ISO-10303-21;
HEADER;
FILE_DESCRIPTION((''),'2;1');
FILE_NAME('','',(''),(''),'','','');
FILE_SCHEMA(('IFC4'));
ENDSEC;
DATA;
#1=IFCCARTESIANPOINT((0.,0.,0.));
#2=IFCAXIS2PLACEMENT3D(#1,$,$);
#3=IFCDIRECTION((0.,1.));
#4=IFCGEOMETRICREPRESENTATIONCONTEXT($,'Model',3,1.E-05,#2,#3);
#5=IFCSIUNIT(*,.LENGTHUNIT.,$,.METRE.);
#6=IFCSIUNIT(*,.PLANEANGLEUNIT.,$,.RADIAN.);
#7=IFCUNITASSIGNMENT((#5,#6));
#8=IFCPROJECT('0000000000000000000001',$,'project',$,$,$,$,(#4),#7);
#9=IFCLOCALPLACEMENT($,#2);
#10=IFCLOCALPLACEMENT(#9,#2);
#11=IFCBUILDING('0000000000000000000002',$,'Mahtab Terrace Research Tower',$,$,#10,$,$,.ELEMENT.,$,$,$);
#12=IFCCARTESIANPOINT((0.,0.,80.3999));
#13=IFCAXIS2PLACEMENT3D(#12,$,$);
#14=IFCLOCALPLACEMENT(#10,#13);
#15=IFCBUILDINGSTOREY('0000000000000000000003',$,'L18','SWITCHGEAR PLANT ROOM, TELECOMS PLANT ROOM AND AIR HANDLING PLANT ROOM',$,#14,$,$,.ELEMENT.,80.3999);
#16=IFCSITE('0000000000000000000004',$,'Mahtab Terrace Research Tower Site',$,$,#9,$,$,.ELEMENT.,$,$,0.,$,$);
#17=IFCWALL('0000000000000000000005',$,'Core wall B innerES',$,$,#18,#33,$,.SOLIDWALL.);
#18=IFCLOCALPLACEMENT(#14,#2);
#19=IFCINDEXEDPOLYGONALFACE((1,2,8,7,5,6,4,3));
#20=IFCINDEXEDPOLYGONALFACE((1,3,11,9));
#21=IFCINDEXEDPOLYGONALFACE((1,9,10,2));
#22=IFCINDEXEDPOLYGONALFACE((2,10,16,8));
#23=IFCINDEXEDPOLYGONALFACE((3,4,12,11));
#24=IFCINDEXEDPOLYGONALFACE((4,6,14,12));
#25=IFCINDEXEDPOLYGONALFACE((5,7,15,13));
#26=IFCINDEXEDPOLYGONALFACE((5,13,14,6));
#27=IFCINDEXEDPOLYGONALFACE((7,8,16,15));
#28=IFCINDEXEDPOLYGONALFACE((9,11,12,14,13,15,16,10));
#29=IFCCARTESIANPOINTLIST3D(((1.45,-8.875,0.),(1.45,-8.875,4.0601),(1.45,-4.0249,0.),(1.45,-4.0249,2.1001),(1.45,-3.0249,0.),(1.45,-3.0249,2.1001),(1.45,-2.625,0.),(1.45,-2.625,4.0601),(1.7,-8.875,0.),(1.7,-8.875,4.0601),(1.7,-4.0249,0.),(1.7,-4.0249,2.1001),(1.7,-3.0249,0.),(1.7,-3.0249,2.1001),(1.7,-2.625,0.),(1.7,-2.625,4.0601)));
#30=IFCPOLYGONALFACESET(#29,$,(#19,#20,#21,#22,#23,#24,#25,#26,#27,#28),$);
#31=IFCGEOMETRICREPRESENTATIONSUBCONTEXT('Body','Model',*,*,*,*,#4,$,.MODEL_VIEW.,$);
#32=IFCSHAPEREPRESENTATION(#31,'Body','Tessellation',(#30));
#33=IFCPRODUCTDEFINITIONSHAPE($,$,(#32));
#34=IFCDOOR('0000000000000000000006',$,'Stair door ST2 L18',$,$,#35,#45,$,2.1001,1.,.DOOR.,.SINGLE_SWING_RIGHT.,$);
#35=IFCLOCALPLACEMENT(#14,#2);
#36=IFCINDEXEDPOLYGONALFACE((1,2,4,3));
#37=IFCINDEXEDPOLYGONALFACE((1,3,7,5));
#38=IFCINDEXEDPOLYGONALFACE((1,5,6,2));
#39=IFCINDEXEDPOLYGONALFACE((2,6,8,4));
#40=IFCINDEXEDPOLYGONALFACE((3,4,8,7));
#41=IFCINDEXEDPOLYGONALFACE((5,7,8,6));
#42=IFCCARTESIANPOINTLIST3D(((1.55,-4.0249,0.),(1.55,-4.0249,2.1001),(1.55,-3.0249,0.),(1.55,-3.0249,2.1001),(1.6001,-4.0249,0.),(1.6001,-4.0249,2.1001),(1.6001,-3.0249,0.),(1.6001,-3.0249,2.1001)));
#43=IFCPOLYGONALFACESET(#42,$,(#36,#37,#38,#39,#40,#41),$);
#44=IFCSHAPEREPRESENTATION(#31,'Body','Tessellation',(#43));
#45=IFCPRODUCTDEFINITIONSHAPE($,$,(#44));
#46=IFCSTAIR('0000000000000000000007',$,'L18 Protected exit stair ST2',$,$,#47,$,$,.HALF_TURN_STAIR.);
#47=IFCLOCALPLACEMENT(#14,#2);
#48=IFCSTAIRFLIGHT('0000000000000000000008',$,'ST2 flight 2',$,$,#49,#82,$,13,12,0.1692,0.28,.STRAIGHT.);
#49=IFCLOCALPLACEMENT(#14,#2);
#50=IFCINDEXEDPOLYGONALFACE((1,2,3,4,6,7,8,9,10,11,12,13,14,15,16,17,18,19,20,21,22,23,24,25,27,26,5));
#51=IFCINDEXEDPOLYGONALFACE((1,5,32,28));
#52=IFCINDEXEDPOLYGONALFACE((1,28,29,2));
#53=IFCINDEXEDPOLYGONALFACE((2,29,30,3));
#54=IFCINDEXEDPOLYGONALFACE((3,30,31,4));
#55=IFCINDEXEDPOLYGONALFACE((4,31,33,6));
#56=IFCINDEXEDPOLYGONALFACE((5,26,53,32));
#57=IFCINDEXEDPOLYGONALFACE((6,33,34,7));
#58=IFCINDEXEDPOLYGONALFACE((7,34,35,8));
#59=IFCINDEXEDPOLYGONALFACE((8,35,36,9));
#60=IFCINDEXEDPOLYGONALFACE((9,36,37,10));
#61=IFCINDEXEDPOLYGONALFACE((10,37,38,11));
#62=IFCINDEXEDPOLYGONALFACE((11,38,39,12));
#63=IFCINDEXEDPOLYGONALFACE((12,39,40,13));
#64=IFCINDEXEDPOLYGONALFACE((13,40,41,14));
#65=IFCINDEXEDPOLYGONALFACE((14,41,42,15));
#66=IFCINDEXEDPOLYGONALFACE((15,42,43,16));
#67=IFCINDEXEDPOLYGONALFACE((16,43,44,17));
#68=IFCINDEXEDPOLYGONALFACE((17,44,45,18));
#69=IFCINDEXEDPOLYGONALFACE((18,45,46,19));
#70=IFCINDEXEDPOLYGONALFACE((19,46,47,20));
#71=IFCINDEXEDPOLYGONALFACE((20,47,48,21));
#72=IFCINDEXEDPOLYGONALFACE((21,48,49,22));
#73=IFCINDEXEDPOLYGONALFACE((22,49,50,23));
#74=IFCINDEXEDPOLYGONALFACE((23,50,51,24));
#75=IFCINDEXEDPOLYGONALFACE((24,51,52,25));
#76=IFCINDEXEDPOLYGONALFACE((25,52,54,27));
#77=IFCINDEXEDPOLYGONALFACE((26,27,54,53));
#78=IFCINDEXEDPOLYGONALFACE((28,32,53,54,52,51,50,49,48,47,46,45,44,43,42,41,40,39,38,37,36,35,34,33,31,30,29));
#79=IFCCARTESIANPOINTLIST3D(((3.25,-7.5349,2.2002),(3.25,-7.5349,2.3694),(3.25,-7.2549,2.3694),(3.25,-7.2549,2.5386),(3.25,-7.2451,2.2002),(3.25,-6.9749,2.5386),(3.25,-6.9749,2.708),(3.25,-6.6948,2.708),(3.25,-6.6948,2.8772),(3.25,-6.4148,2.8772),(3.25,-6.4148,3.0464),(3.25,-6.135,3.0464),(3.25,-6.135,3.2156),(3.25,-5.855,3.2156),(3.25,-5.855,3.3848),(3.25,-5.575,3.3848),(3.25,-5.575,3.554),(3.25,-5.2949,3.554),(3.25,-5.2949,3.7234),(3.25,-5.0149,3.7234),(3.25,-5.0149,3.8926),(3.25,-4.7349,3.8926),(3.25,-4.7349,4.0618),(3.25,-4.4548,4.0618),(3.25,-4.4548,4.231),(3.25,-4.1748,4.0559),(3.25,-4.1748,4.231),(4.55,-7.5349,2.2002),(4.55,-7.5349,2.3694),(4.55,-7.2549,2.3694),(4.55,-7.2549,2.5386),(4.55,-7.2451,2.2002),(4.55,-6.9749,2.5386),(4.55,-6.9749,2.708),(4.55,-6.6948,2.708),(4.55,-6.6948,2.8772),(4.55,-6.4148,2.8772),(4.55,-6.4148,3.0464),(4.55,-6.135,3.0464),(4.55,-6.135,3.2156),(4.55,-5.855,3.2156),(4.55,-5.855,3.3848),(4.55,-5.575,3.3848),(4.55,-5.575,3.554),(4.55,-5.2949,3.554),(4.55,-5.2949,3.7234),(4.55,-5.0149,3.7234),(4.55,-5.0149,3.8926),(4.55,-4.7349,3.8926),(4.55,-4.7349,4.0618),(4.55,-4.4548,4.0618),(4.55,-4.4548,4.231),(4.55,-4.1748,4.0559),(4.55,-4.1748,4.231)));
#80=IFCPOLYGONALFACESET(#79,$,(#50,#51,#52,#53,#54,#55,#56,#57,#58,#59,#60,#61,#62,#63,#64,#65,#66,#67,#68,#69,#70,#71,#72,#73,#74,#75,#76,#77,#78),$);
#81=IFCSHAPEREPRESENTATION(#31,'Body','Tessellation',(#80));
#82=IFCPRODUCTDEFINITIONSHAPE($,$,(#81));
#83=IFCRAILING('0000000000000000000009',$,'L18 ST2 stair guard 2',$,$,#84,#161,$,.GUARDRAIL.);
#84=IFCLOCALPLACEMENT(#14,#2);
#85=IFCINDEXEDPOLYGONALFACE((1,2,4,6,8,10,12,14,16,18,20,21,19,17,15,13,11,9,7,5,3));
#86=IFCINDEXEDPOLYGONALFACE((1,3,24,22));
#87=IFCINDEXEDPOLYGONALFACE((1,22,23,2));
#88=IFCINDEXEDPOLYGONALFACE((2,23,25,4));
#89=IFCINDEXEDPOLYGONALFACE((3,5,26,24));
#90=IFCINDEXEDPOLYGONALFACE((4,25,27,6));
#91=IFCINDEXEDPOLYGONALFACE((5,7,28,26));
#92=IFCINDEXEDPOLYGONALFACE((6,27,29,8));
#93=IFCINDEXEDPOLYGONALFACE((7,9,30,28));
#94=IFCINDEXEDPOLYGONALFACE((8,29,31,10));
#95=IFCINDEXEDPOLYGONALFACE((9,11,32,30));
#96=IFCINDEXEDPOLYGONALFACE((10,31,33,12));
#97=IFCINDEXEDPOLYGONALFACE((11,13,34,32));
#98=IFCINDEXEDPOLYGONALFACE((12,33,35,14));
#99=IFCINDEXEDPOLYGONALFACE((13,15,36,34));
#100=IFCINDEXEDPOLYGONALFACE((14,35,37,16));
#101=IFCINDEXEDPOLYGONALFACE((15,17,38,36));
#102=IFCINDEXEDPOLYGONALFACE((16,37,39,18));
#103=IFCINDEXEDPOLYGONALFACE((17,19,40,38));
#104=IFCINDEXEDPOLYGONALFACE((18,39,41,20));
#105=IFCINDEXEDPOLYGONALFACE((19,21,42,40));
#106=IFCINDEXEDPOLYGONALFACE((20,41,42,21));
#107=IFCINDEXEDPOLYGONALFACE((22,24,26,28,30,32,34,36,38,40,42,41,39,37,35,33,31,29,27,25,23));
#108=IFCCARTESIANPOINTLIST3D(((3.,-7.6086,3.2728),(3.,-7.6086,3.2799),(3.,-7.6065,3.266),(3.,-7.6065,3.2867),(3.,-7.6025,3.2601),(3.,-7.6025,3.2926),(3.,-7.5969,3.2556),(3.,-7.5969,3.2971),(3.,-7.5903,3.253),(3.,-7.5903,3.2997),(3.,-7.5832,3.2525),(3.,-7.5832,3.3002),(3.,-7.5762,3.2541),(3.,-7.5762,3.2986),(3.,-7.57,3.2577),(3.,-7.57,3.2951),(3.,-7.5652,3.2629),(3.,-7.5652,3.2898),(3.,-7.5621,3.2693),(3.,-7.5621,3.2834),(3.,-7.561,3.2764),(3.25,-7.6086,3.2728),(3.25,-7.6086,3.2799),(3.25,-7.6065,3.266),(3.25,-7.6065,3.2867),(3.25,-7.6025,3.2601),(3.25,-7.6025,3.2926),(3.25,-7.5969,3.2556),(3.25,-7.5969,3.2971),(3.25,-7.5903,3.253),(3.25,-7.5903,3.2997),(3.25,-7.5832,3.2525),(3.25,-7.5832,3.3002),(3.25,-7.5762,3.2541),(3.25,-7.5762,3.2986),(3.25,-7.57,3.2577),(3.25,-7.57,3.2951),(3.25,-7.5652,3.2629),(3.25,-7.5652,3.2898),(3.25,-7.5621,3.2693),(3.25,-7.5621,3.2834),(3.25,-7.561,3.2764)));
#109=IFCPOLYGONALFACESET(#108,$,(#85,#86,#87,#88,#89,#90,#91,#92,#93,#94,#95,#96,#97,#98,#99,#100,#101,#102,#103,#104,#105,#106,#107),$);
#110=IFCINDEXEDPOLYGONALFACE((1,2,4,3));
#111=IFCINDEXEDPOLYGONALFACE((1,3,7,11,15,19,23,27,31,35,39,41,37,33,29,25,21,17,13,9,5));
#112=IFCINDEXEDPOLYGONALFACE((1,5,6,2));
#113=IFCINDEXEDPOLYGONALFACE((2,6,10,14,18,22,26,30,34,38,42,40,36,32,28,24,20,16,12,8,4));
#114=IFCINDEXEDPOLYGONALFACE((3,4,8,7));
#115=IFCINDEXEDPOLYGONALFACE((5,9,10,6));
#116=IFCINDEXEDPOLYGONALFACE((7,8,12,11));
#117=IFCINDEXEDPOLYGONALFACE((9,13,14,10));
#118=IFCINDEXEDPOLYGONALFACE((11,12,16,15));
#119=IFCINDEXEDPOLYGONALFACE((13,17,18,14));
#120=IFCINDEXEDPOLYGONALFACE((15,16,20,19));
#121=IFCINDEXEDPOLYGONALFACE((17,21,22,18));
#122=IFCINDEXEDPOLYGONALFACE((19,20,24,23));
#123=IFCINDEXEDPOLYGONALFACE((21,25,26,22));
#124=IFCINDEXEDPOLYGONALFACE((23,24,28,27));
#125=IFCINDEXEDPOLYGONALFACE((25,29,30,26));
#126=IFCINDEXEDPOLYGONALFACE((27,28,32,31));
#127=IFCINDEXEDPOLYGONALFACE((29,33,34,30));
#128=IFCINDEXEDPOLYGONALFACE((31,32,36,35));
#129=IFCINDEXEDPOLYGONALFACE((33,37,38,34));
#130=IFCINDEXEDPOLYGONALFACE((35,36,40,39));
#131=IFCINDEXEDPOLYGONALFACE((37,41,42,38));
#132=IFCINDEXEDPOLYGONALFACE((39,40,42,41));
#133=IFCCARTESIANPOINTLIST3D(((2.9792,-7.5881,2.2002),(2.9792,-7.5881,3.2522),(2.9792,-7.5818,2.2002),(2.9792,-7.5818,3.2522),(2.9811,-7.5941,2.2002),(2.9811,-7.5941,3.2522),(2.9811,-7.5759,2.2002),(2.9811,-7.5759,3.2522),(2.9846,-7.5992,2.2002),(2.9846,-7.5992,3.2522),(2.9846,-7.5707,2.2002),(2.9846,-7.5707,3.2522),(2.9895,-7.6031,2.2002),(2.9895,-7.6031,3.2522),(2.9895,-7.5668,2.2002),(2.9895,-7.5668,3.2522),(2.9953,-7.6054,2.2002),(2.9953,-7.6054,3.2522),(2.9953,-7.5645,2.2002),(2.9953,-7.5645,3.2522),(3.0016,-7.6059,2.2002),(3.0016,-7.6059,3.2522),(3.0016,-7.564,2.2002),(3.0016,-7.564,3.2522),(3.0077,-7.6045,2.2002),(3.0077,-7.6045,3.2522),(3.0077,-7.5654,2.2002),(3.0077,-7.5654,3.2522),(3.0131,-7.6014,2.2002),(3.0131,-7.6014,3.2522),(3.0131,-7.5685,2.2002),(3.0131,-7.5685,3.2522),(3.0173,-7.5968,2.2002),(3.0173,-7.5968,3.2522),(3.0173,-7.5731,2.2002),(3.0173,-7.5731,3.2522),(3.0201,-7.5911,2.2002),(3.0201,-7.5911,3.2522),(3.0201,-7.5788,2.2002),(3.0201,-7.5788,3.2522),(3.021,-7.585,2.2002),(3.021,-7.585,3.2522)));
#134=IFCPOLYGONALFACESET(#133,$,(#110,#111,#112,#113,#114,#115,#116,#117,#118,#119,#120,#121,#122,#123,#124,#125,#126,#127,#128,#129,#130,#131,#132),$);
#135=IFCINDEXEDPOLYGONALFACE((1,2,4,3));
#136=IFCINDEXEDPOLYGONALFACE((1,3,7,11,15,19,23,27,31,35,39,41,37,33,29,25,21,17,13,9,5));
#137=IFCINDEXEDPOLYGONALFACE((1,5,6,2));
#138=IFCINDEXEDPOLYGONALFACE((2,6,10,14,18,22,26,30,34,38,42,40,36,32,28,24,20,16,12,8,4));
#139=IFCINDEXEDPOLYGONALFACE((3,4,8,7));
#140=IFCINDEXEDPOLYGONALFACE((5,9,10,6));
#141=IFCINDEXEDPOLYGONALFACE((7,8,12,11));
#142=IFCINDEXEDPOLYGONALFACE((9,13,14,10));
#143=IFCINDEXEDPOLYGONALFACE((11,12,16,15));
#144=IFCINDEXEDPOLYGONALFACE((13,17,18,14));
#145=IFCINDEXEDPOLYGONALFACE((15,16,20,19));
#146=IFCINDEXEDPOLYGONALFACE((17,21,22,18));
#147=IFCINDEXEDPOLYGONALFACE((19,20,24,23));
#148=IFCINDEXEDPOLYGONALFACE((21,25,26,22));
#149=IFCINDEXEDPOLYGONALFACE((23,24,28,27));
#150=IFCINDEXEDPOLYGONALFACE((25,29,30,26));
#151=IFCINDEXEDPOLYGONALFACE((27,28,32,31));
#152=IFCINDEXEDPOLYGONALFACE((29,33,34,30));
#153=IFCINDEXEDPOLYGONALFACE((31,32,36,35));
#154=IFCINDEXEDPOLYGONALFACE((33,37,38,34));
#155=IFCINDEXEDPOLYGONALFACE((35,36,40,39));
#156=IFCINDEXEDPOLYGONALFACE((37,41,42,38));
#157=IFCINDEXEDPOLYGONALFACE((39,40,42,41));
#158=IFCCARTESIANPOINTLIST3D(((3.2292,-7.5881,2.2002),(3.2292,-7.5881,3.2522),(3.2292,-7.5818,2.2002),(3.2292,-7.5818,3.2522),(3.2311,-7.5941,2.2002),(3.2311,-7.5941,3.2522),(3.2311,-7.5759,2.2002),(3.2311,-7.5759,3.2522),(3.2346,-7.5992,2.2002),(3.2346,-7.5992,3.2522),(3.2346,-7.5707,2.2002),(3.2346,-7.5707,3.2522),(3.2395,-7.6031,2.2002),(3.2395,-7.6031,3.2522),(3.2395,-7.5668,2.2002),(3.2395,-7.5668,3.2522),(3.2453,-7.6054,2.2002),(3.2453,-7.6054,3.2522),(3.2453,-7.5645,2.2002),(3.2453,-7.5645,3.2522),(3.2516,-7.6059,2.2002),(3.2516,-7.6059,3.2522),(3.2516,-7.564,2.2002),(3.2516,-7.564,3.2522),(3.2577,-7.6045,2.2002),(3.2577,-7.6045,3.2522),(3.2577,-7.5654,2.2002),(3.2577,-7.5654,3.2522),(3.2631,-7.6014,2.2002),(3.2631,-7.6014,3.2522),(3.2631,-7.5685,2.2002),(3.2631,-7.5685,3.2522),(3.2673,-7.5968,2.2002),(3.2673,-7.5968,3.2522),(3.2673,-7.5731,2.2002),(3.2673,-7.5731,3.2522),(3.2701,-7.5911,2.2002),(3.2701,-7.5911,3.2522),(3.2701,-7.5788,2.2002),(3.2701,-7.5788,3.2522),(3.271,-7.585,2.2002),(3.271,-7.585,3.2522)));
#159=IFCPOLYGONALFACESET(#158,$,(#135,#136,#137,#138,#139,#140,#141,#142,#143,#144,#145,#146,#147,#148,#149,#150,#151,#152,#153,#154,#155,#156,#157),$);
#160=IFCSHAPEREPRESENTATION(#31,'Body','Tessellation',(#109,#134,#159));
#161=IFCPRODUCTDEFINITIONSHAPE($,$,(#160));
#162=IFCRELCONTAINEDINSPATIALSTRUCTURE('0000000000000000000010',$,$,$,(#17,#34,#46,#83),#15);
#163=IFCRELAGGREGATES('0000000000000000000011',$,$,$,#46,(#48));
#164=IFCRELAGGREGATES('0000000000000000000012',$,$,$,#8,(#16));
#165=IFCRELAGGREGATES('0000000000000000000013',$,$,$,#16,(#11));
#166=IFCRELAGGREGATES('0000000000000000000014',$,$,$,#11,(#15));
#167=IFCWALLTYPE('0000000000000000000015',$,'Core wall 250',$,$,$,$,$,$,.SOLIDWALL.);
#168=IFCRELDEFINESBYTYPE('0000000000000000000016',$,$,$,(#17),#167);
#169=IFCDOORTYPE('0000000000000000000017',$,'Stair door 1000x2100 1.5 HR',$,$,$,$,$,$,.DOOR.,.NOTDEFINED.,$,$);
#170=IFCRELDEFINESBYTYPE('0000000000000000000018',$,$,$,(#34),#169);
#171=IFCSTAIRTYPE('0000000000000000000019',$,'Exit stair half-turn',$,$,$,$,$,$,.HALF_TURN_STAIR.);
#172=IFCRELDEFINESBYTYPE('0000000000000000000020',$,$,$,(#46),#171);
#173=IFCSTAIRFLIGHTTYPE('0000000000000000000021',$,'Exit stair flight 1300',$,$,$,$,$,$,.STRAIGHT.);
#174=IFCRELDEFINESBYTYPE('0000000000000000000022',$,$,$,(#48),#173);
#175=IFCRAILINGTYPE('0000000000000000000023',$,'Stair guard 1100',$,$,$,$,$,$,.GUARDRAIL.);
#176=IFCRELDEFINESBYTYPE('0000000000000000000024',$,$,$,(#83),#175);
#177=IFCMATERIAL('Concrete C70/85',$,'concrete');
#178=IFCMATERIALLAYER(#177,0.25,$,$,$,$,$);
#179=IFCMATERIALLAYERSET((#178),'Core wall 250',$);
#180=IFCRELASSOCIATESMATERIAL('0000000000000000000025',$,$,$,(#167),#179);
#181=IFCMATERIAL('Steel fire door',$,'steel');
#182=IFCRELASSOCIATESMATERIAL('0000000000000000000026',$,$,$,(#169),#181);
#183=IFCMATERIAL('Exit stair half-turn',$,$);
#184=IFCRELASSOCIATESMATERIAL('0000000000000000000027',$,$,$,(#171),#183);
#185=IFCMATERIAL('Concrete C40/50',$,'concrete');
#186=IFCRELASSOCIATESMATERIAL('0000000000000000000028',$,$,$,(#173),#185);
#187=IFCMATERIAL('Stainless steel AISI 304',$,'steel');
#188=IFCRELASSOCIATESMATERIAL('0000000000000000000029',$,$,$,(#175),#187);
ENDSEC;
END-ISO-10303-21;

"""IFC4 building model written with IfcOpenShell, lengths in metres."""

from ifc_helpers import new_model, si_unit, direction, frame, frame_2d, origin, origin_2d, place, context, subcontext, project, spatial, polyline, rectangle, circle, outline, extrude, material, layer, layer_set, type_object, element, fill, aggregate, save


model = new_model("IFC4")

# Units and contexts
model_context = context("Model", 3, precision=1e-05, world=origin(), true_north=direction((0.0, 1.0)))
body_context = subcontext(model_context, "Body", "Model", "MODEL_VIEW")
ifc_project = project(units=[si_unit("LENGTHUNIT", "METRE"), si_unit("PLANEANGLEUNIT", "RADIAN")], contexts=[model_context])

# Site, building, storey
site_placement = place(None, origin())
site = spatial("IfcSite", under=ifc_project, at=site_placement, Name="Mahtab Terrace Research Tower Site", CompositionType="ELEMENT", RefElevation=0.0)
building_placement = place(site_placement, origin())
building = spatial("IfcBuilding", under=site, at=building_placement, Name="Mahtab Terrace Research Tower", CompositionType="ELEMENT")
storey_placement = place(building_placement, frame((0.0, 0.0, 80.3999)))
storey = spatial("IfcBuildingStorey", under=building, at=storey_placement, Name="L18", Description="SWITCHGEAR PLANT ROOM, TELECOMS PLANT ROOM AND AIR HANDLING PLANT ROOM", CompositionType="ELEMENT", Elevation=80.3999)

# Shared definitions
ifc_material_1 = material(Name="Concrete C70/85", Category="concrete")

# Shared definitions
ifc_layer_1 = layer(ifc_material_1, 0.25)
ifc_layer_set_1 = layer_set([ifc_layer_1], Name="Core wall 250")
wall_type = type_object("IfcWallType", Name="Core wall 250", PredefinedType="SOLIDWALL", material=ifc_layer_set_1)

# Wall, opening, door
ifc_material_2 = material(Name="Steel fire door", Category="steel")
wall_1_placement = place(storey_placement, frame((1.575, -8.875, 0.0), z_axis=(0.0, 0.0, 1.0), x_axis=(0.0, 1.0, 0.0)))
wall_1 = element("IfcWall", 1, at=wall_1_placement, inside=storey, type_object=wall_type, Name="Core wall B innerES", PredefinedType="SOLIDWALL", context=body_context, shape_type="SweptSolid", body=[
    extrude(rectangle(XDim=6.25, YDim=0.25, at=frame_2d((3.125, 0.0))), origin(), (0.0, 0.0, 1.0), 4.0601),
])
opening_1_placement = place(wall_1_placement, frame((4.8501, 0.0, 0.0)))
opening_1 = element("IfcOpeningElement", 2, at=opening_1_placement, cuts=wall_1, PredefinedType="OPENING", context=body_context, shape_type="SweptSolid", body=[
    extrude(rectangle(XDim=1.0, YDim=2.1001, at=frame_2d((0.5, 1.05))), frame((0.0, 0.135, 0.0), z_axis=(0.0, -1.0, 0.0), x_axis=(1.0, 0.0, 0.0)), (0.0, 0.0, 1.0), 0.27),
])
door_type_1 = type_object("IfcDoorType", Name="Stair door 1000x2100 1.5 HR", OperationType="NOTDEFINED", PredefinedType="DOOR", material=ifc_material_2)
door_1_placement = place(opening_1_placement, origin())
door_1 = element("IfcDoor", 3, at=door_1_placement, inside=storey, type_object=door_type_1, Name="Stair door ST2 L18", OperationType="SINGLE_SWING_RIGHT", OverallHeight=2.1001, OverallWidth=1.0, PredefinedType="DOOR", context=body_context, shape_type="SweptSolid", body=[
    extrude(rectangle(XDim=1.0, YDim=2.1001, at=frame_2d((0.5, 1.05))), frame((0.0, 0.0249, 0.0), z_axis=(0.0, -1.0, 0.0), x_axis=(1.0, 0.0, 0.0)), (0.0, 0.0, 1.0), 0.05),
])
fill(opening_1, door_1)

# Stair, stair flight
ifc_material_3 = material(Name="Exit stair half-turn")
stair_type = type_object("IfcStairType", Name="Exit stair half-turn", PredefinedType="HALF_TURN_STAIR", material=ifc_material_3)
stair_placement = place(storey_placement, origin())
stair = element("IfcStair", 4, at=stair_placement, inside=storey, type_object=stair_type, Name="L18 Protected exit stair ST2", PredefinedType="HALF_TURN_STAIR")
ifc_material_4 = material(Name="Concrete C40/50", Category="concrete")
stair_flight_type = type_object("IfcStairFlightType", Name="Exit stair flight 1300", PredefinedType="STRAIGHT", material=ifc_material_4)
stair_flight_placement = place(storey_placement, frame((3.8999, -7.5349, 2.2002), z_axis=(0.0, 0.0, 1.0), x_axis=(0.0, 1.0, 0.0)))
stair_flight = element("IfcStairFlight", 5, at=stair_flight_placement, type_object=stair_flight_type, Name="ST2 flight 2", NumberOfRisers=13, NumberOfTreads=12, PredefinedType="STRAIGHT", RiserHeight=0.1692, TreadLength=0.28, context=body_context, shape_type="SweptSolid", body=[
    extrude(outline(polyline([(0.0, 0.0), (0.0, 0.1692), (0.28, 0.1692), (0.28, 0.3384), (0.5601, 0.3384), (0.5601, 0.5078), (0.8401, 0.5078), (0.8401, 0.677), (1.1201, 0.677), (1.1201, 0.8462), (1.3999, 0.8462), (1.3999, 1.0154), (1.6799, 1.0154), (1.6799, 1.1846), (1.96, 1.1846), (1.96, 1.3538), (2.24, 1.3538), (2.24, 1.5232), (2.52, 1.5232), (2.52, 1.6924), (2.8, 1.6924), (2.8, 1.8616), (3.0801, 1.8616), (3.0801, 2.0308), (3.3601, 2.0308), (3.3601, 2.2), (3.3601, 1.8557), (0.2898, 0.0), (0.0, 0.0)])), frame((0.0, 0.6499, 0.0), z_axis=(0.0, -1.0, 0.0), x_axis=(1.0, 0.0, 0.0)), (0.0, 0.0, 1.0), 1.3),
])
aggregate(stair, [stair_flight])

# Railing
ifc_material_5 = material(Name="Stainless steel AISI 304", Category="steel")
railing_type_1 = type_object("IfcRailingType", Name="Stair guard 1100", PredefinedType="GUARDRAIL", material=ifc_material_5)
railing_1_placement = place(storey_placement, frame((3.0, -7.585, 2.2002)))
element("IfcRailing", 6, at=railing_1_placement, inside=storey, type_object=railing_type_1, Name="L18 ST2 stair guard 2", PredefinedType="GUARDRAIL", context=body_context, shape_type="SweptSolid", body=[
    extrude(circle(Radius=0.0239, at=origin_2d()), frame((0.0, 0.0, 1.0762), z_axis=(1.0, 0.0, 0.0), x_axis=(0.0, 1.0, 0.0)), (0.0, 0.0, 1.0), 0.25),
    extrude(circle(Radius=0.021, at=origin_2d()), origin(), (0.0, 0.0, 1.0), 1.052),
    extrude(circle(Radius=0.021, at=origin_2d()), frame((0.25, 0.0, 0.0)), (0.0, 0.0, 1.0), 1.052),
])

save(model, "model.ifc")
